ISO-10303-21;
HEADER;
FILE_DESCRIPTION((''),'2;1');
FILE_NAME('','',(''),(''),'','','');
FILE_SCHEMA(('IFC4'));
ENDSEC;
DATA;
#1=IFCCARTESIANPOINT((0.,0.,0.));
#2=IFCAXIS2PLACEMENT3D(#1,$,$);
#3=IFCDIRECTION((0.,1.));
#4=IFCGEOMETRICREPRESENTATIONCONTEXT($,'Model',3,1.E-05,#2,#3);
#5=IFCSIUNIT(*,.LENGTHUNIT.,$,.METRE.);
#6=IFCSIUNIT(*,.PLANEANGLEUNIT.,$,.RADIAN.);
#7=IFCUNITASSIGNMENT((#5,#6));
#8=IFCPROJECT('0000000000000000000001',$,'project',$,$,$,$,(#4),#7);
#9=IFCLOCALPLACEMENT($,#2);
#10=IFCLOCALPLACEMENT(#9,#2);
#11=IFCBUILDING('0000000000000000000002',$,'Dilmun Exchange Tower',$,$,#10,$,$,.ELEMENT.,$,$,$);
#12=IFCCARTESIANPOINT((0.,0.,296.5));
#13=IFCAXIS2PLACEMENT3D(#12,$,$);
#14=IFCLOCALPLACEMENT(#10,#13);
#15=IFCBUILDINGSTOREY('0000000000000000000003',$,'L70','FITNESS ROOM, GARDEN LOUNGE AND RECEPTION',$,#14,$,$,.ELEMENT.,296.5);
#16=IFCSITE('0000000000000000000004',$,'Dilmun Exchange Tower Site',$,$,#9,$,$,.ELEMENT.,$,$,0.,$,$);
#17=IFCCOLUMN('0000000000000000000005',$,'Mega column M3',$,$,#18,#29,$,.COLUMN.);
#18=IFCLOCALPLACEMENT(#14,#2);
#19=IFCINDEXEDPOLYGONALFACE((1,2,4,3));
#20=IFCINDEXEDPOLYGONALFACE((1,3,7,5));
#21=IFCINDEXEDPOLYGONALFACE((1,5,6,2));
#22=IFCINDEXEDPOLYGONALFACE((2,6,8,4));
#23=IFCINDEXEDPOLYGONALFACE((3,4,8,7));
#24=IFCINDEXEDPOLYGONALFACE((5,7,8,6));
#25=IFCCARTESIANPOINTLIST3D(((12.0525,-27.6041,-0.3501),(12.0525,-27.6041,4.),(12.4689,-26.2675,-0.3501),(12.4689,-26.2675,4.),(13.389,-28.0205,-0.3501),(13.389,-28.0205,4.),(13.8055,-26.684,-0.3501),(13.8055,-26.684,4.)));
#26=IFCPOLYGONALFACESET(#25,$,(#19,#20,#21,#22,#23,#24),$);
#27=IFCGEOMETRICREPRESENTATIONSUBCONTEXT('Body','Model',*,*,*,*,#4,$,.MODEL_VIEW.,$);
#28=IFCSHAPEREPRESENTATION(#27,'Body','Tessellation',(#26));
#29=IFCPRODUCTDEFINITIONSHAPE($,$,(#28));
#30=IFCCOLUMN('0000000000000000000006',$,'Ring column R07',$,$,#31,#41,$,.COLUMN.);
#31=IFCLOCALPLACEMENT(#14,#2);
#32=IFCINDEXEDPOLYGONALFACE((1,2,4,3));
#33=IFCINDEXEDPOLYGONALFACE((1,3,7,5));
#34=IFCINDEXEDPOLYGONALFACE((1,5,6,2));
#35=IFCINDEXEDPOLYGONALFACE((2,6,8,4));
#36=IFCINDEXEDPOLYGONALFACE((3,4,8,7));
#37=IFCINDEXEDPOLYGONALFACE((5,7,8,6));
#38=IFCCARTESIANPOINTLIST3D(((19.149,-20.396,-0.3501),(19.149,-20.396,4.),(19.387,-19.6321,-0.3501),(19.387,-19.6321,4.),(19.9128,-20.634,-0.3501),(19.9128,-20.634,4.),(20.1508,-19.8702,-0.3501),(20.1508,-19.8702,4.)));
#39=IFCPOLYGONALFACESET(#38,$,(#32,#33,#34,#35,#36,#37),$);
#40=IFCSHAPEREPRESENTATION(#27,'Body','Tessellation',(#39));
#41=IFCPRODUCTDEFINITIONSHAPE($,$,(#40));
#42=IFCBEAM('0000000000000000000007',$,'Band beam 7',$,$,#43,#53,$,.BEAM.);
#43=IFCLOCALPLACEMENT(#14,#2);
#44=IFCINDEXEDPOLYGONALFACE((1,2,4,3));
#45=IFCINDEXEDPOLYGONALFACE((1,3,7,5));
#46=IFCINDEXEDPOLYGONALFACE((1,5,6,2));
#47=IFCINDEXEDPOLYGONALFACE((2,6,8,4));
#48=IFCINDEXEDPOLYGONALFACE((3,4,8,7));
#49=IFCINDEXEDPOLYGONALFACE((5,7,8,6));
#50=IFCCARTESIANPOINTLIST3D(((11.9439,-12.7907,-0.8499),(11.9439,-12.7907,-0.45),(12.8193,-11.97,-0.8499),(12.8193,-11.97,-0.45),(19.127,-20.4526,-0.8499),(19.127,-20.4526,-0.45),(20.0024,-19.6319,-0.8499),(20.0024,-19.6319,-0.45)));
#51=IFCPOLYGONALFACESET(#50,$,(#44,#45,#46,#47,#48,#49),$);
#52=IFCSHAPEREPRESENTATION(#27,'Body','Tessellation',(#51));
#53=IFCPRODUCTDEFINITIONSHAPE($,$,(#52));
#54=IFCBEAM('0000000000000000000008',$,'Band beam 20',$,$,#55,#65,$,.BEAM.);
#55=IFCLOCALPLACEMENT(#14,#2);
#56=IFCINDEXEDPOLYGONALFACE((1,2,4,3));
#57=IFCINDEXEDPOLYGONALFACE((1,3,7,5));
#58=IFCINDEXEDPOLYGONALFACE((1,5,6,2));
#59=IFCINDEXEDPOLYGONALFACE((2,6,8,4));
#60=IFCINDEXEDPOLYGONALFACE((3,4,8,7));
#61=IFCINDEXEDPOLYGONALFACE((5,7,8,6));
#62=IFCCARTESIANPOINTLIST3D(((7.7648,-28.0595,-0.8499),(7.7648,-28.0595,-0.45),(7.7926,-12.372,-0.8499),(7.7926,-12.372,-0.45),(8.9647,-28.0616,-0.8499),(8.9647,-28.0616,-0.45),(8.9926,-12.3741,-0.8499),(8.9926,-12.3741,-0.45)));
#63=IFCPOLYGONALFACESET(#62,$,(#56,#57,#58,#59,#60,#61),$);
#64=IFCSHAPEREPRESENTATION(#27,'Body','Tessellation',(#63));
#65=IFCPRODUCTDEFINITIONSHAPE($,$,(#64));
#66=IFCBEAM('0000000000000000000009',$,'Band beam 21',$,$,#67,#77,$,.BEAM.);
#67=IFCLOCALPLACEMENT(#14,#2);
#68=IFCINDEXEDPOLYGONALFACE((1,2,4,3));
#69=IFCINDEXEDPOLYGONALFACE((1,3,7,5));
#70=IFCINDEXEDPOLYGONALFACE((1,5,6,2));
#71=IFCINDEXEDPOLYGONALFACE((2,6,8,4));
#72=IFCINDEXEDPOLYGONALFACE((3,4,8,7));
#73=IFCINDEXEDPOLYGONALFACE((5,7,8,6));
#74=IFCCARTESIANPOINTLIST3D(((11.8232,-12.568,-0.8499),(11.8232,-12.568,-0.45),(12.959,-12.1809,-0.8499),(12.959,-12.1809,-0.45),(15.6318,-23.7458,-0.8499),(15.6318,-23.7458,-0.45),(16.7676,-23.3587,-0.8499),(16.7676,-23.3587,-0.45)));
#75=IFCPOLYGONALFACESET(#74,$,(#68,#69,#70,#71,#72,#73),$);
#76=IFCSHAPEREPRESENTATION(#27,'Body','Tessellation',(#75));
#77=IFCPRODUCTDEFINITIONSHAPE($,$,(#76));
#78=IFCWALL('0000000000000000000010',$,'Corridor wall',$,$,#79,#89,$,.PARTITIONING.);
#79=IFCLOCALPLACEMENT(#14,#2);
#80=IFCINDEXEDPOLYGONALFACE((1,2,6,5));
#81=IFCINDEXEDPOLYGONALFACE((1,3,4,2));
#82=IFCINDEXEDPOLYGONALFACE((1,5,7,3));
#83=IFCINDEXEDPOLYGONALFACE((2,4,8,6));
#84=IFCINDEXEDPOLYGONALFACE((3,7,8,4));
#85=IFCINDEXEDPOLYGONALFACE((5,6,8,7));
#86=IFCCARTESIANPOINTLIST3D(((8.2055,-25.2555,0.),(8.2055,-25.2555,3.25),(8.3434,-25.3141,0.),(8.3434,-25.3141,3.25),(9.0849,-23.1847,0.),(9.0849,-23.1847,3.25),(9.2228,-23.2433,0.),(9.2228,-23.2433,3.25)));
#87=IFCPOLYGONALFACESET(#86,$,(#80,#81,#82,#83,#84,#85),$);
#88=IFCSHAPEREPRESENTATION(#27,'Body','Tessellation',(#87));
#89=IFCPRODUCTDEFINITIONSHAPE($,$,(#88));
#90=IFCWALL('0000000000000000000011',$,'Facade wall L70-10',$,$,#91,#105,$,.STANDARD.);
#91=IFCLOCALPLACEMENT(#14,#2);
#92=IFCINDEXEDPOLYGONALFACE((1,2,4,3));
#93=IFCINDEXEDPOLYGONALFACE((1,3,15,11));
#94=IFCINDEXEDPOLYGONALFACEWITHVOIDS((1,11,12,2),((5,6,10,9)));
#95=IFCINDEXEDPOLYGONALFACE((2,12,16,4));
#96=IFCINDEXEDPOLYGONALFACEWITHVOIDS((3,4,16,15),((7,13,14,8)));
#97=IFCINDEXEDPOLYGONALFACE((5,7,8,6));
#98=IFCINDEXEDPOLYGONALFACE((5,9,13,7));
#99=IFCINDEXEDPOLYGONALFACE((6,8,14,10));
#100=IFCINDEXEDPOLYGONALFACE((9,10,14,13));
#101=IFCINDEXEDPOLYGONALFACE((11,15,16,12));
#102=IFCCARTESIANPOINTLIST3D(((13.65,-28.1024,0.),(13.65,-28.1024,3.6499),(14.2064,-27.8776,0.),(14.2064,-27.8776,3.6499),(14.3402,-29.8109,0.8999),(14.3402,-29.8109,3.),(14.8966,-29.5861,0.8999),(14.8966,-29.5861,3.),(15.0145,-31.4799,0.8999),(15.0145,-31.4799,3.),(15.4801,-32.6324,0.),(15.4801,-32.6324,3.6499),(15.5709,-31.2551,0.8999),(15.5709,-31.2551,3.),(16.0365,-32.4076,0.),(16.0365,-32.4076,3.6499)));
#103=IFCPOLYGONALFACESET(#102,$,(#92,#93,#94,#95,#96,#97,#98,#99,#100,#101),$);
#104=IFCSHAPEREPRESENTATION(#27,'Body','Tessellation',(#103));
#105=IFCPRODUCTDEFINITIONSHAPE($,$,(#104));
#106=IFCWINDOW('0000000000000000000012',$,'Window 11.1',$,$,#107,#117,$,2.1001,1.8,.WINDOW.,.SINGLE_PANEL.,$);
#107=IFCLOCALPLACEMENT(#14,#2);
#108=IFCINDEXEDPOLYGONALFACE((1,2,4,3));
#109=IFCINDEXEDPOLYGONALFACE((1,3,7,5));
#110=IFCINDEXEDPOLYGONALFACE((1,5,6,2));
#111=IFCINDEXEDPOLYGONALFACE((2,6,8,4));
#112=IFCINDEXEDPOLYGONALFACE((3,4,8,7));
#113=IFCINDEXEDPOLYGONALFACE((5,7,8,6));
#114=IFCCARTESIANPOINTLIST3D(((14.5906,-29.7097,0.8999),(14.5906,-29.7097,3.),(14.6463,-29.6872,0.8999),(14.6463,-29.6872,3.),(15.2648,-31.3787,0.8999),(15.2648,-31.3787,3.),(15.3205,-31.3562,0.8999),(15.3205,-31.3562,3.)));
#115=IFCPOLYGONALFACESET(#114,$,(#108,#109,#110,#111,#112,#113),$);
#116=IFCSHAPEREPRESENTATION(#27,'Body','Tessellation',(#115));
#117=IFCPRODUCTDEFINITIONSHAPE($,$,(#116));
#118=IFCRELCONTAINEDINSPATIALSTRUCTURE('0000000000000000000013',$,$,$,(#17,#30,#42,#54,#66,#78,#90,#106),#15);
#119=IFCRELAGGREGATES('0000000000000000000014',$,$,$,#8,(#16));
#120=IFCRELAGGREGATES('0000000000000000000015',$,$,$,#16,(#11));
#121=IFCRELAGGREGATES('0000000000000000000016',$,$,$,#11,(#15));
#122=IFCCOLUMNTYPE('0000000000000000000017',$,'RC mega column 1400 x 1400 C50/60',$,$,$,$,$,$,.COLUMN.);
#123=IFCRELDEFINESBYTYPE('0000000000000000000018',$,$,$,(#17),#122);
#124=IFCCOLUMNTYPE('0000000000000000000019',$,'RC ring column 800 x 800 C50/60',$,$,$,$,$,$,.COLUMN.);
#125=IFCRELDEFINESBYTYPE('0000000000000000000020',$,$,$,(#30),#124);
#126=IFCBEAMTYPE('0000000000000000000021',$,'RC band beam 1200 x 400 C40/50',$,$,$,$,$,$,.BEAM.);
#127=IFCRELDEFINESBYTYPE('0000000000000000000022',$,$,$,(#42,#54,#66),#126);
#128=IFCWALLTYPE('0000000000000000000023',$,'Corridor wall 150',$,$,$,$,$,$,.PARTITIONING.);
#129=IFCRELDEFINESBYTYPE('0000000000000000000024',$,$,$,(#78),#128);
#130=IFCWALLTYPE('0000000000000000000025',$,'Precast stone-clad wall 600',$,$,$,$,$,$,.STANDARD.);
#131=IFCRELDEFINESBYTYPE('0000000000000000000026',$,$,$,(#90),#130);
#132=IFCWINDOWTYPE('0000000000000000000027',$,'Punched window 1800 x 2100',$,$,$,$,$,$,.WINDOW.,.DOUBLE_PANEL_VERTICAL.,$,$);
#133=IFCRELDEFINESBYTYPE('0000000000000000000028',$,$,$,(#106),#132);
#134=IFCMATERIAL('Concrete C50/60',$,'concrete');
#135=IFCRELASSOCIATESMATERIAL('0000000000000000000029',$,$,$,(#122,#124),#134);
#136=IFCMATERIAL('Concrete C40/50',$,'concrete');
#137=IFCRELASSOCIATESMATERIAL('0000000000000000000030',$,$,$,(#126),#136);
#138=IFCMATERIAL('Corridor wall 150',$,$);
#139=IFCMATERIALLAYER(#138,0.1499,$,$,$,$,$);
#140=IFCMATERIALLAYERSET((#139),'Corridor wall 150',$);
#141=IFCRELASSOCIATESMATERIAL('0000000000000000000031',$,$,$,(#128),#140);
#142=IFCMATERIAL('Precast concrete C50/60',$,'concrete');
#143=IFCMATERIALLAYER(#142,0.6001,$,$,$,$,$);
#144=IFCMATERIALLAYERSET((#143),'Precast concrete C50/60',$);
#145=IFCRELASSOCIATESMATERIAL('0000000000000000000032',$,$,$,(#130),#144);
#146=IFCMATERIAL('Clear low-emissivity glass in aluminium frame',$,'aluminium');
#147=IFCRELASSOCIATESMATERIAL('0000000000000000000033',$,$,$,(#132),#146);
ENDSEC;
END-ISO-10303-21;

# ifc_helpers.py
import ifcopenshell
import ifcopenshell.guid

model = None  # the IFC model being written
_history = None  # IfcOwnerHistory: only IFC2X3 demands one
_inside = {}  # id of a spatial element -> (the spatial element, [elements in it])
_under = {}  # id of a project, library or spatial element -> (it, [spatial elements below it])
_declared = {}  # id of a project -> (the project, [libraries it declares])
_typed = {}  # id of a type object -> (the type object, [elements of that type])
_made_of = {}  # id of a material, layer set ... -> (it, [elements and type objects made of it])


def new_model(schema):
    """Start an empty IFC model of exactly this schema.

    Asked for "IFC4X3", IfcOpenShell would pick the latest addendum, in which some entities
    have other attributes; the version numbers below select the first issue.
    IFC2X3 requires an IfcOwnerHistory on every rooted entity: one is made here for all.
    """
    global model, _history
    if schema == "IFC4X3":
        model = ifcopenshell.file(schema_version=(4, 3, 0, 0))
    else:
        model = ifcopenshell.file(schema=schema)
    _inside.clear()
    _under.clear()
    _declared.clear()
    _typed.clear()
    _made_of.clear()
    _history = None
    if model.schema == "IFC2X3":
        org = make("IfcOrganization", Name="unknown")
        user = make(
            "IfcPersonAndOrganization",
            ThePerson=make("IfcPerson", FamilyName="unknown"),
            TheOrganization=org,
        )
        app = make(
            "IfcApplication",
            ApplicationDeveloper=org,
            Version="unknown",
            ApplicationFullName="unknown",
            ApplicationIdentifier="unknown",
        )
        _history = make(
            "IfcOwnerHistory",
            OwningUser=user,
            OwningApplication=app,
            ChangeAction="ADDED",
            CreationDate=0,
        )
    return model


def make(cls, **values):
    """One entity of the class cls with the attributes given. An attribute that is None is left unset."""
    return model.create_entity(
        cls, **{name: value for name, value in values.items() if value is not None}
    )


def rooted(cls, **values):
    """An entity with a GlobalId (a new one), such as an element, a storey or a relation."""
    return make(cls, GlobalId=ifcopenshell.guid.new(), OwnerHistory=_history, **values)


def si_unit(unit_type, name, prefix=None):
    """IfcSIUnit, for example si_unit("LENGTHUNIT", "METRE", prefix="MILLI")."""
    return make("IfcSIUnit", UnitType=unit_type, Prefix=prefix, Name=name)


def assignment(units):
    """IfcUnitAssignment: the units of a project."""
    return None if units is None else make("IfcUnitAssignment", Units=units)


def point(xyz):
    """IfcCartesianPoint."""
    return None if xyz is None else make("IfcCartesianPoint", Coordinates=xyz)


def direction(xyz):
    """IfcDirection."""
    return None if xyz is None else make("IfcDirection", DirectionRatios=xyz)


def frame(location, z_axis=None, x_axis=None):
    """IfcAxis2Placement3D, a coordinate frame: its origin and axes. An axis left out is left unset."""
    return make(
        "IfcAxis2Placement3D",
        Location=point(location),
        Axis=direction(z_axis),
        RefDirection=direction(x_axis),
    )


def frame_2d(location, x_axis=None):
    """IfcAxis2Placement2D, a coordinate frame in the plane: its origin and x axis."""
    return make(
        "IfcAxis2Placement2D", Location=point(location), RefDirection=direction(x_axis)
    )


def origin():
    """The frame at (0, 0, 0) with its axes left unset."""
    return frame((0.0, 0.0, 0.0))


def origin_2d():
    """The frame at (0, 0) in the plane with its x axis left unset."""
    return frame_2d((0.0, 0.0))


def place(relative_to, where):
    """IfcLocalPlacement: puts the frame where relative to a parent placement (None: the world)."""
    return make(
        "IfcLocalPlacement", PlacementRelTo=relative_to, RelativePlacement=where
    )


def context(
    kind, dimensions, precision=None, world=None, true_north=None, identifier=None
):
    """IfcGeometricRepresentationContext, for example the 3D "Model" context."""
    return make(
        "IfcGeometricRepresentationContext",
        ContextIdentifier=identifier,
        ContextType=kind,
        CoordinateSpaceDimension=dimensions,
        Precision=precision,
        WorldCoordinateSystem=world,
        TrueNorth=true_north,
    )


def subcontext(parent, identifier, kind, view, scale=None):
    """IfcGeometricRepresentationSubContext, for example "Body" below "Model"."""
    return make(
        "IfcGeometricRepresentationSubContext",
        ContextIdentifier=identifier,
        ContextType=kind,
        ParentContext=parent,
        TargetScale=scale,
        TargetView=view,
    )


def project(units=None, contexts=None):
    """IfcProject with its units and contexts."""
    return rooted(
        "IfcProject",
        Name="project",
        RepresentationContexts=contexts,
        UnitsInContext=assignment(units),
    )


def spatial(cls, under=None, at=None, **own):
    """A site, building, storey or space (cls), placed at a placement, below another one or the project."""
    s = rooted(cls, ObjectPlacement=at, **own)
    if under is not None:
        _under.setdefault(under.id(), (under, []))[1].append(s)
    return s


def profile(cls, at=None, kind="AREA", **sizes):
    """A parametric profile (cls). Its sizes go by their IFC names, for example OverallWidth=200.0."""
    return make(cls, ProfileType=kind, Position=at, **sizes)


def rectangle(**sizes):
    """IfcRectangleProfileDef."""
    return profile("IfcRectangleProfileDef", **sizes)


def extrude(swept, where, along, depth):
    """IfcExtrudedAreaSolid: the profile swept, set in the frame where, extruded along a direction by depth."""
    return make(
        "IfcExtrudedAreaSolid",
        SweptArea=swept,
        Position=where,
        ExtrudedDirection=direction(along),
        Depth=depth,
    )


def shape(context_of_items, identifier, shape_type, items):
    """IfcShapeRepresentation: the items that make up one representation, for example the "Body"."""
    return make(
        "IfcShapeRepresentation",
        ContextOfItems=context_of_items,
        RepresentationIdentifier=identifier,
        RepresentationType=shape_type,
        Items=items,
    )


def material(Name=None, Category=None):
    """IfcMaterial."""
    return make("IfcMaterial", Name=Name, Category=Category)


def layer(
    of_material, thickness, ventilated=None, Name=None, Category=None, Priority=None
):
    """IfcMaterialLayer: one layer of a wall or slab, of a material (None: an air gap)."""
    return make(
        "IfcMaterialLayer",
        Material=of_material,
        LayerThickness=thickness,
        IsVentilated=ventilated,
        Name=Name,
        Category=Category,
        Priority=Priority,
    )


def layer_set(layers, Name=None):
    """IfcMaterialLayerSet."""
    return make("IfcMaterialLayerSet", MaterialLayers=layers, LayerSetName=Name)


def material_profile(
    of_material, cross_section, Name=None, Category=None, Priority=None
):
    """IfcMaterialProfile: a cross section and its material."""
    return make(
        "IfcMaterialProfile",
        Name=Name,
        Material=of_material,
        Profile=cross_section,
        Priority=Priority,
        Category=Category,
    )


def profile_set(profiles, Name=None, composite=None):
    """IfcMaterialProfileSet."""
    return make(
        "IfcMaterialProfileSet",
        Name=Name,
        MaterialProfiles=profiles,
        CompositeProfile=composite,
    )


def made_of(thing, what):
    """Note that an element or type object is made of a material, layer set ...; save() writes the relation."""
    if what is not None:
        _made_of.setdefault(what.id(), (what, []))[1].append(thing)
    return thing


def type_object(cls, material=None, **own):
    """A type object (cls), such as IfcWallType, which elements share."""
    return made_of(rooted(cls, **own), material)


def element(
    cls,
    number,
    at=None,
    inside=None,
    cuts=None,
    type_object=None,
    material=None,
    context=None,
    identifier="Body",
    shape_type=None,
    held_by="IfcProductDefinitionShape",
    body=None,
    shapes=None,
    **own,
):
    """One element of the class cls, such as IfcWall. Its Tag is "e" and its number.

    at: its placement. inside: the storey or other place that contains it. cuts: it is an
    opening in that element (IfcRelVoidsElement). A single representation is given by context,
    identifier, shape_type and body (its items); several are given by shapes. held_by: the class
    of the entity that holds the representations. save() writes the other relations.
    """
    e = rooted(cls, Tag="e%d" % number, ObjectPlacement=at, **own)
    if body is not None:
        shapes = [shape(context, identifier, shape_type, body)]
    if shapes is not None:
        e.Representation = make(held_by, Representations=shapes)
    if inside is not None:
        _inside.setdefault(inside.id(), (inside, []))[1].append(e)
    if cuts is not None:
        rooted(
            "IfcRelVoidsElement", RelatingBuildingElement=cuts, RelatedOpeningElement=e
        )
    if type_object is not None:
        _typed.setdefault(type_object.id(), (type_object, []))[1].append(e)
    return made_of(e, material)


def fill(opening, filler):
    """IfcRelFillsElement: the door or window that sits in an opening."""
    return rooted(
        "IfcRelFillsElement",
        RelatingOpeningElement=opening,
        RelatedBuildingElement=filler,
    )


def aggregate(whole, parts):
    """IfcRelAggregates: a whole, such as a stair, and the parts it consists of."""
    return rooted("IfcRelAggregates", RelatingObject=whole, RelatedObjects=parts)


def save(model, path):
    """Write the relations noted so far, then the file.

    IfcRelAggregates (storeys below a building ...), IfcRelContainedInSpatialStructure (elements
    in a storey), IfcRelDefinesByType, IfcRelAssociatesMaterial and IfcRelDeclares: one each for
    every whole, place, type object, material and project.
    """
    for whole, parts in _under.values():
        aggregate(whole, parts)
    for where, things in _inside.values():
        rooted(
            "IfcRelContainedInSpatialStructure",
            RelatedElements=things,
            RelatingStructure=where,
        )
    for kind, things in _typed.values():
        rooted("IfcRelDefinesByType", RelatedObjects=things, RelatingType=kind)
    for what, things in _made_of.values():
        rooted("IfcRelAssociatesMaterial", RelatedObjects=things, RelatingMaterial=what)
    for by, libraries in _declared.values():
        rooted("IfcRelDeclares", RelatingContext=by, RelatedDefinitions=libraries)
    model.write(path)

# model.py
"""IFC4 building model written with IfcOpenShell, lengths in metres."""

from ifc_helpers import new_model, si_unit, direction, frame, frame_2d, origin, origin_2d, place, context, subcontext, project, spatial, rectangle, extrude, material, layer, layer_set, material_profile, profile_set, type_object, element, fill, save


model = new_model("IFC4")

# Units and contexts
model_context = context("Model", 3, precision=1e-05, world=origin(), true_north=direction((0.0, 1.0)))
body_context = subcontext(model_context, "Body", "Model", "MODEL_VIEW")
ifc_project = project(units=[si_unit("LENGTHUNIT", "METRE"), si_unit("PLANEANGLEUNIT", "RADIAN")], contexts=[model_context])

# Site, building, storey
site_placement = place(None, origin())
site = spatial("IfcSite", under=ifc_project, at=site_placement, Name="Dilmun Exchange Tower Site", CompositionType="ELEMENT", RefElevation=0.0)
building_placement = place(site_placement, origin())
building = spatial("IfcBuilding", under=site, at=building_placement, Name="Dilmun Exchange Tower", CompositionType="ELEMENT")
storey_placement = place(building_placement, frame((0.0, 0.0, 296.5)))
storey = spatial("IfcBuildingStorey", under=building, at=storey_placement, Name="L70", Description="FITNESS ROOM, GARDEN LOUNGE AND RECEPTION", CompositionType="ELEMENT", Elevation=296.5)

# Columns
ifc_material_1 = material(Name="Concrete C50/60", Category="concrete")
ifc_material_profile_1 = material_profile(ifc_material_1, rectangle(XDim=1.3999, YDim=1.3999, at=origin_2d()), Name="1400 x 1400")
ifc_profile_set_1 = profile_set([ifc_material_profile_1], Name="Concrete C50/60")
column_type_1 = type_object("IfcColumnType", Name="RC mega column 1400 x 1400 C50/60", PredefinedType="COLUMN", material=ifc_profile_set_1)
column_1_placement = place(storey_placement, frame((12.929, -27.144, -0.3501), z_axis=(0.0, 0.0, 1.0), x_axis=(0.297503, 0.954721, 0.0)))
element("IfcColumn", 1, at=column_1_placement, inside=storey, type_object=column_type_1, Name="Mega column M3", PredefinedType="COLUMN", context=body_context, shape_type="SweptSolid", body=[
    extrude(rectangle(XDim=1.3999, YDim=1.3999, at=origin_2d()), origin(), (0.0, 0.0, 1.0), 4.3501),
])
ifc_material_profile_2 = material_profile(ifc_material_1, rectangle(XDim=0.8, YDim=0.8, at=origin_2d()), Name="800 x 800")
ifc_profile_set_2 = profile_set([ifc_material_profile_2], Name="Concrete C50/60")
column_type_2 = type_object("IfcColumnType", Name="RC ring column 800 x 800 C50/60", PredefinedType="COLUMN", material=ifc_profile_set_2)
column_2_placement = place(storey_placement, frame((19.6499, -20.1331, -0.3501), z_axis=(0.0, 0.0, 1.0), x_axis=(0.297503, 0.954721, 0.0)))
element("IfcColumn", 2, at=column_2_placement, inside=storey, type_object=column_type_2, Name="Ring column R07", PredefinedType="COLUMN", context=body_context, shape_type="SweptSolid", body=[
    extrude(rectangle(XDim=0.8, YDim=0.8, at=origin_2d()), origin(), (0.0, 0.0, 1.0), 4.3501),
])

# Beams
ifc_material_2 = material(Name="Concrete C40/50", Category="concrete")
ifc_material_profile_3 = material_profile(ifc_material_2, rectangle(XDim=1.2, YDim=0.3999, at=origin_2d()), Name="1200 x 400")
ifc_profile_set_3 = profile_set([ifc_material_profile_3], Name="Concrete C40/50")
beam_type = type_object("IfcBeamType", Name="RC band beam 1200 x 400 C40/50", PredefinedType="BEAM", material=ifc_profile_set_3)
beam_1_placement = place(storey_placement, frame((19.5647, -20.0422, -0.6499), z_axis=(-0.683947, 0.729532, 0.0), x_axis=(-0.729532, -0.683947, 0.0)))
element("IfcBeam", 3, at=beam_1_placement, inside=storey, type_object=beam_type, Name="Band beam 7", PredefinedType="BEAM", context=body_context, shape_type="SweptSolid", body=[
    extrude(rectangle(XDim=1.2, YDim=0.3999, at=origin_2d()), origin(), (0.0, 0.0, 1.0), 10.5024),
])
beam_2_placement = place(storey_placement, frame((8.3647, -28.0605, -0.6499), z_axis=(0.001774, 0.999998, 0.0), x_axis=(-0.999998, 0.001774, 0.0)))
element("IfcBeam", 4, at=beam_2_placement, inside=storey, type_object=beam_type, Name="Band beam 20", PredefinedType="BEAM", context=body_context, shape_type="SweptSolid", body=[
    extrude(rectangle(XDim=1.2, YDim=0.3999, at=origin_2d()), origin(), (0.0, 0.0, 1.0), 15.6875),
])
beam_3_placement = place(storey_placement, frame((16.1997, -23.5522, -0.6499), z_axis=(-0.322522, 0.946562, 0.0), x_axis=(-0.946562, -0.322522, 0.0)))
element("IfcBeam", 5, at=beam_3_placement, inside=storey, type_object=beam_type, Name="Band beam 21", PredefinedType="BEAM", context=body_context, shape_type="SweptSolid", body=[
    extrude(rectangle(XDim=1.2, YDim=0.3999, at=origin_2d()), origin(), (0.0, 0.0, 1.0), 11.8088),
])

# Wall
ifc_material_3 = material(Name="Corridor wall 150")
ifc_layer_1 = layer(ifc_material_3, 0.1499)
ifc_layer_set_1 = layer_set([ifc_layer_1], Name="Corridor wall 150")
wall_type_1 = type_object("IfcWallType", Name="Corridor wall 150", PredefinedType="PARTITIONING", material=ifc_layer_set_1)
wall_1_placement = place(storey_placement, frame((8.2744, -25.2849, 0.0), z_axis=(0.0, 0.0, 1.0), x_axis=(0.390879, 0.920442, 0.0)))
element("IfcWall", 6, at=wall_1_placement, inside=storey, type_object=wall_type_1, Name="Corridor wall", PredefinedType="PARTITIONING", context=body_context, shape_type="SweptSolid", body=[
    extrude(rectangle(XDim=2.2498, YDim=0.1499, at=frame_2d((1.125, 0.0))), origin(), (0.0, 0.0, 1.0), 3.25),
])

# Wall, opening, window
ifc_material_4 = material(Name="Precast concrete C50/60", Category="concrete")
ifc_layer_2 = layer(ifc_material_4, 0.6001)
ifc_layer_set_2 = layer_set([ifc_layer_2], Name="Precast concrete C50/60")
wall_type_2 = type_object("IfcWallType", Name="Precast stone-clad wall 600", PredefinedType="STANDARD", material=ifc_layer_set_2)
wall_2_placement = place(storey_placement, frame((13.9282, -27.99, 0.0), z_axis=(0.0, 0.0, 1.0), x_axis=(0.374576, -0.927196, 0.0)))
wall_2 = element("IfcWall", 7, at=wall_2_placement, inside=storey, type_object=wall_type_2, Name="Facade wall L70-10", PredefinedType="STANDARD", context=body_context, shape_type="SweptSolid", body=[
    extrude(rectangle(XDim=4.8857, YDim=0.6001, at=frame_2d((2.4429, 0.0))), origin(), (0.0, 0.0, 1.0), 3.6499),
])
opening_placement = place(wall_2_placement, frame((1.8428, 0.0, 0.8999)))
opening = element("IfcOpeningElement", 8, at=opening_placement, cuts=wall_2, PredefinedType="OPENING", context=body_context, shape_type="SweptSolid", body=[
    extrude(rectangle(XDim=1.8, YDim=2.1001, at=frame_2d((0.8999, 1.05))), frame((0.0, 0.3101, 0.0), z_axis=(0.0, -1.0, 0.0), x_axis=(1.0, 0.0, 0.0)), (0.0, 0.0, 1.0), 0.6201),
])
ifc_material_5 = material(Name="Clear low-emissivity glass in aluminium frame", Category="aluminium")
window_type = type_object("IfcWindowType", Name="Punched window 1800 x 2100", PartitioningType="DOUBLE_PANEL_VERTICAL", PredefinedType="WINDOW", material=ifc_material_5)
window_placement = place(opening_placement, origin())
window = element("IfcWindow", 9, at=window_placement, inside=storey, type_object=window_type, Name="Window 11.1", OverallHeight=2.1001, OverallWidth=1.8, PartitioningType="SINGLE_PANEL", PredefinedType="WINDOW", context=body_context, shape_type="SweptSolid", body=[
    extrude(rectangle(XDim=1.8, YDim=2.1001, at=frame_2d((0.8999, 1.05))), frame((0.0, 0.03, 0.0), z_axis=(0.0, -1.0, 0.0), x_axis=(1.0, 0.0, 0.0)), (0.0, 0.0, 1.0), 0.0601),
])
fill(opening, window)

save(model, "model.ifc")
